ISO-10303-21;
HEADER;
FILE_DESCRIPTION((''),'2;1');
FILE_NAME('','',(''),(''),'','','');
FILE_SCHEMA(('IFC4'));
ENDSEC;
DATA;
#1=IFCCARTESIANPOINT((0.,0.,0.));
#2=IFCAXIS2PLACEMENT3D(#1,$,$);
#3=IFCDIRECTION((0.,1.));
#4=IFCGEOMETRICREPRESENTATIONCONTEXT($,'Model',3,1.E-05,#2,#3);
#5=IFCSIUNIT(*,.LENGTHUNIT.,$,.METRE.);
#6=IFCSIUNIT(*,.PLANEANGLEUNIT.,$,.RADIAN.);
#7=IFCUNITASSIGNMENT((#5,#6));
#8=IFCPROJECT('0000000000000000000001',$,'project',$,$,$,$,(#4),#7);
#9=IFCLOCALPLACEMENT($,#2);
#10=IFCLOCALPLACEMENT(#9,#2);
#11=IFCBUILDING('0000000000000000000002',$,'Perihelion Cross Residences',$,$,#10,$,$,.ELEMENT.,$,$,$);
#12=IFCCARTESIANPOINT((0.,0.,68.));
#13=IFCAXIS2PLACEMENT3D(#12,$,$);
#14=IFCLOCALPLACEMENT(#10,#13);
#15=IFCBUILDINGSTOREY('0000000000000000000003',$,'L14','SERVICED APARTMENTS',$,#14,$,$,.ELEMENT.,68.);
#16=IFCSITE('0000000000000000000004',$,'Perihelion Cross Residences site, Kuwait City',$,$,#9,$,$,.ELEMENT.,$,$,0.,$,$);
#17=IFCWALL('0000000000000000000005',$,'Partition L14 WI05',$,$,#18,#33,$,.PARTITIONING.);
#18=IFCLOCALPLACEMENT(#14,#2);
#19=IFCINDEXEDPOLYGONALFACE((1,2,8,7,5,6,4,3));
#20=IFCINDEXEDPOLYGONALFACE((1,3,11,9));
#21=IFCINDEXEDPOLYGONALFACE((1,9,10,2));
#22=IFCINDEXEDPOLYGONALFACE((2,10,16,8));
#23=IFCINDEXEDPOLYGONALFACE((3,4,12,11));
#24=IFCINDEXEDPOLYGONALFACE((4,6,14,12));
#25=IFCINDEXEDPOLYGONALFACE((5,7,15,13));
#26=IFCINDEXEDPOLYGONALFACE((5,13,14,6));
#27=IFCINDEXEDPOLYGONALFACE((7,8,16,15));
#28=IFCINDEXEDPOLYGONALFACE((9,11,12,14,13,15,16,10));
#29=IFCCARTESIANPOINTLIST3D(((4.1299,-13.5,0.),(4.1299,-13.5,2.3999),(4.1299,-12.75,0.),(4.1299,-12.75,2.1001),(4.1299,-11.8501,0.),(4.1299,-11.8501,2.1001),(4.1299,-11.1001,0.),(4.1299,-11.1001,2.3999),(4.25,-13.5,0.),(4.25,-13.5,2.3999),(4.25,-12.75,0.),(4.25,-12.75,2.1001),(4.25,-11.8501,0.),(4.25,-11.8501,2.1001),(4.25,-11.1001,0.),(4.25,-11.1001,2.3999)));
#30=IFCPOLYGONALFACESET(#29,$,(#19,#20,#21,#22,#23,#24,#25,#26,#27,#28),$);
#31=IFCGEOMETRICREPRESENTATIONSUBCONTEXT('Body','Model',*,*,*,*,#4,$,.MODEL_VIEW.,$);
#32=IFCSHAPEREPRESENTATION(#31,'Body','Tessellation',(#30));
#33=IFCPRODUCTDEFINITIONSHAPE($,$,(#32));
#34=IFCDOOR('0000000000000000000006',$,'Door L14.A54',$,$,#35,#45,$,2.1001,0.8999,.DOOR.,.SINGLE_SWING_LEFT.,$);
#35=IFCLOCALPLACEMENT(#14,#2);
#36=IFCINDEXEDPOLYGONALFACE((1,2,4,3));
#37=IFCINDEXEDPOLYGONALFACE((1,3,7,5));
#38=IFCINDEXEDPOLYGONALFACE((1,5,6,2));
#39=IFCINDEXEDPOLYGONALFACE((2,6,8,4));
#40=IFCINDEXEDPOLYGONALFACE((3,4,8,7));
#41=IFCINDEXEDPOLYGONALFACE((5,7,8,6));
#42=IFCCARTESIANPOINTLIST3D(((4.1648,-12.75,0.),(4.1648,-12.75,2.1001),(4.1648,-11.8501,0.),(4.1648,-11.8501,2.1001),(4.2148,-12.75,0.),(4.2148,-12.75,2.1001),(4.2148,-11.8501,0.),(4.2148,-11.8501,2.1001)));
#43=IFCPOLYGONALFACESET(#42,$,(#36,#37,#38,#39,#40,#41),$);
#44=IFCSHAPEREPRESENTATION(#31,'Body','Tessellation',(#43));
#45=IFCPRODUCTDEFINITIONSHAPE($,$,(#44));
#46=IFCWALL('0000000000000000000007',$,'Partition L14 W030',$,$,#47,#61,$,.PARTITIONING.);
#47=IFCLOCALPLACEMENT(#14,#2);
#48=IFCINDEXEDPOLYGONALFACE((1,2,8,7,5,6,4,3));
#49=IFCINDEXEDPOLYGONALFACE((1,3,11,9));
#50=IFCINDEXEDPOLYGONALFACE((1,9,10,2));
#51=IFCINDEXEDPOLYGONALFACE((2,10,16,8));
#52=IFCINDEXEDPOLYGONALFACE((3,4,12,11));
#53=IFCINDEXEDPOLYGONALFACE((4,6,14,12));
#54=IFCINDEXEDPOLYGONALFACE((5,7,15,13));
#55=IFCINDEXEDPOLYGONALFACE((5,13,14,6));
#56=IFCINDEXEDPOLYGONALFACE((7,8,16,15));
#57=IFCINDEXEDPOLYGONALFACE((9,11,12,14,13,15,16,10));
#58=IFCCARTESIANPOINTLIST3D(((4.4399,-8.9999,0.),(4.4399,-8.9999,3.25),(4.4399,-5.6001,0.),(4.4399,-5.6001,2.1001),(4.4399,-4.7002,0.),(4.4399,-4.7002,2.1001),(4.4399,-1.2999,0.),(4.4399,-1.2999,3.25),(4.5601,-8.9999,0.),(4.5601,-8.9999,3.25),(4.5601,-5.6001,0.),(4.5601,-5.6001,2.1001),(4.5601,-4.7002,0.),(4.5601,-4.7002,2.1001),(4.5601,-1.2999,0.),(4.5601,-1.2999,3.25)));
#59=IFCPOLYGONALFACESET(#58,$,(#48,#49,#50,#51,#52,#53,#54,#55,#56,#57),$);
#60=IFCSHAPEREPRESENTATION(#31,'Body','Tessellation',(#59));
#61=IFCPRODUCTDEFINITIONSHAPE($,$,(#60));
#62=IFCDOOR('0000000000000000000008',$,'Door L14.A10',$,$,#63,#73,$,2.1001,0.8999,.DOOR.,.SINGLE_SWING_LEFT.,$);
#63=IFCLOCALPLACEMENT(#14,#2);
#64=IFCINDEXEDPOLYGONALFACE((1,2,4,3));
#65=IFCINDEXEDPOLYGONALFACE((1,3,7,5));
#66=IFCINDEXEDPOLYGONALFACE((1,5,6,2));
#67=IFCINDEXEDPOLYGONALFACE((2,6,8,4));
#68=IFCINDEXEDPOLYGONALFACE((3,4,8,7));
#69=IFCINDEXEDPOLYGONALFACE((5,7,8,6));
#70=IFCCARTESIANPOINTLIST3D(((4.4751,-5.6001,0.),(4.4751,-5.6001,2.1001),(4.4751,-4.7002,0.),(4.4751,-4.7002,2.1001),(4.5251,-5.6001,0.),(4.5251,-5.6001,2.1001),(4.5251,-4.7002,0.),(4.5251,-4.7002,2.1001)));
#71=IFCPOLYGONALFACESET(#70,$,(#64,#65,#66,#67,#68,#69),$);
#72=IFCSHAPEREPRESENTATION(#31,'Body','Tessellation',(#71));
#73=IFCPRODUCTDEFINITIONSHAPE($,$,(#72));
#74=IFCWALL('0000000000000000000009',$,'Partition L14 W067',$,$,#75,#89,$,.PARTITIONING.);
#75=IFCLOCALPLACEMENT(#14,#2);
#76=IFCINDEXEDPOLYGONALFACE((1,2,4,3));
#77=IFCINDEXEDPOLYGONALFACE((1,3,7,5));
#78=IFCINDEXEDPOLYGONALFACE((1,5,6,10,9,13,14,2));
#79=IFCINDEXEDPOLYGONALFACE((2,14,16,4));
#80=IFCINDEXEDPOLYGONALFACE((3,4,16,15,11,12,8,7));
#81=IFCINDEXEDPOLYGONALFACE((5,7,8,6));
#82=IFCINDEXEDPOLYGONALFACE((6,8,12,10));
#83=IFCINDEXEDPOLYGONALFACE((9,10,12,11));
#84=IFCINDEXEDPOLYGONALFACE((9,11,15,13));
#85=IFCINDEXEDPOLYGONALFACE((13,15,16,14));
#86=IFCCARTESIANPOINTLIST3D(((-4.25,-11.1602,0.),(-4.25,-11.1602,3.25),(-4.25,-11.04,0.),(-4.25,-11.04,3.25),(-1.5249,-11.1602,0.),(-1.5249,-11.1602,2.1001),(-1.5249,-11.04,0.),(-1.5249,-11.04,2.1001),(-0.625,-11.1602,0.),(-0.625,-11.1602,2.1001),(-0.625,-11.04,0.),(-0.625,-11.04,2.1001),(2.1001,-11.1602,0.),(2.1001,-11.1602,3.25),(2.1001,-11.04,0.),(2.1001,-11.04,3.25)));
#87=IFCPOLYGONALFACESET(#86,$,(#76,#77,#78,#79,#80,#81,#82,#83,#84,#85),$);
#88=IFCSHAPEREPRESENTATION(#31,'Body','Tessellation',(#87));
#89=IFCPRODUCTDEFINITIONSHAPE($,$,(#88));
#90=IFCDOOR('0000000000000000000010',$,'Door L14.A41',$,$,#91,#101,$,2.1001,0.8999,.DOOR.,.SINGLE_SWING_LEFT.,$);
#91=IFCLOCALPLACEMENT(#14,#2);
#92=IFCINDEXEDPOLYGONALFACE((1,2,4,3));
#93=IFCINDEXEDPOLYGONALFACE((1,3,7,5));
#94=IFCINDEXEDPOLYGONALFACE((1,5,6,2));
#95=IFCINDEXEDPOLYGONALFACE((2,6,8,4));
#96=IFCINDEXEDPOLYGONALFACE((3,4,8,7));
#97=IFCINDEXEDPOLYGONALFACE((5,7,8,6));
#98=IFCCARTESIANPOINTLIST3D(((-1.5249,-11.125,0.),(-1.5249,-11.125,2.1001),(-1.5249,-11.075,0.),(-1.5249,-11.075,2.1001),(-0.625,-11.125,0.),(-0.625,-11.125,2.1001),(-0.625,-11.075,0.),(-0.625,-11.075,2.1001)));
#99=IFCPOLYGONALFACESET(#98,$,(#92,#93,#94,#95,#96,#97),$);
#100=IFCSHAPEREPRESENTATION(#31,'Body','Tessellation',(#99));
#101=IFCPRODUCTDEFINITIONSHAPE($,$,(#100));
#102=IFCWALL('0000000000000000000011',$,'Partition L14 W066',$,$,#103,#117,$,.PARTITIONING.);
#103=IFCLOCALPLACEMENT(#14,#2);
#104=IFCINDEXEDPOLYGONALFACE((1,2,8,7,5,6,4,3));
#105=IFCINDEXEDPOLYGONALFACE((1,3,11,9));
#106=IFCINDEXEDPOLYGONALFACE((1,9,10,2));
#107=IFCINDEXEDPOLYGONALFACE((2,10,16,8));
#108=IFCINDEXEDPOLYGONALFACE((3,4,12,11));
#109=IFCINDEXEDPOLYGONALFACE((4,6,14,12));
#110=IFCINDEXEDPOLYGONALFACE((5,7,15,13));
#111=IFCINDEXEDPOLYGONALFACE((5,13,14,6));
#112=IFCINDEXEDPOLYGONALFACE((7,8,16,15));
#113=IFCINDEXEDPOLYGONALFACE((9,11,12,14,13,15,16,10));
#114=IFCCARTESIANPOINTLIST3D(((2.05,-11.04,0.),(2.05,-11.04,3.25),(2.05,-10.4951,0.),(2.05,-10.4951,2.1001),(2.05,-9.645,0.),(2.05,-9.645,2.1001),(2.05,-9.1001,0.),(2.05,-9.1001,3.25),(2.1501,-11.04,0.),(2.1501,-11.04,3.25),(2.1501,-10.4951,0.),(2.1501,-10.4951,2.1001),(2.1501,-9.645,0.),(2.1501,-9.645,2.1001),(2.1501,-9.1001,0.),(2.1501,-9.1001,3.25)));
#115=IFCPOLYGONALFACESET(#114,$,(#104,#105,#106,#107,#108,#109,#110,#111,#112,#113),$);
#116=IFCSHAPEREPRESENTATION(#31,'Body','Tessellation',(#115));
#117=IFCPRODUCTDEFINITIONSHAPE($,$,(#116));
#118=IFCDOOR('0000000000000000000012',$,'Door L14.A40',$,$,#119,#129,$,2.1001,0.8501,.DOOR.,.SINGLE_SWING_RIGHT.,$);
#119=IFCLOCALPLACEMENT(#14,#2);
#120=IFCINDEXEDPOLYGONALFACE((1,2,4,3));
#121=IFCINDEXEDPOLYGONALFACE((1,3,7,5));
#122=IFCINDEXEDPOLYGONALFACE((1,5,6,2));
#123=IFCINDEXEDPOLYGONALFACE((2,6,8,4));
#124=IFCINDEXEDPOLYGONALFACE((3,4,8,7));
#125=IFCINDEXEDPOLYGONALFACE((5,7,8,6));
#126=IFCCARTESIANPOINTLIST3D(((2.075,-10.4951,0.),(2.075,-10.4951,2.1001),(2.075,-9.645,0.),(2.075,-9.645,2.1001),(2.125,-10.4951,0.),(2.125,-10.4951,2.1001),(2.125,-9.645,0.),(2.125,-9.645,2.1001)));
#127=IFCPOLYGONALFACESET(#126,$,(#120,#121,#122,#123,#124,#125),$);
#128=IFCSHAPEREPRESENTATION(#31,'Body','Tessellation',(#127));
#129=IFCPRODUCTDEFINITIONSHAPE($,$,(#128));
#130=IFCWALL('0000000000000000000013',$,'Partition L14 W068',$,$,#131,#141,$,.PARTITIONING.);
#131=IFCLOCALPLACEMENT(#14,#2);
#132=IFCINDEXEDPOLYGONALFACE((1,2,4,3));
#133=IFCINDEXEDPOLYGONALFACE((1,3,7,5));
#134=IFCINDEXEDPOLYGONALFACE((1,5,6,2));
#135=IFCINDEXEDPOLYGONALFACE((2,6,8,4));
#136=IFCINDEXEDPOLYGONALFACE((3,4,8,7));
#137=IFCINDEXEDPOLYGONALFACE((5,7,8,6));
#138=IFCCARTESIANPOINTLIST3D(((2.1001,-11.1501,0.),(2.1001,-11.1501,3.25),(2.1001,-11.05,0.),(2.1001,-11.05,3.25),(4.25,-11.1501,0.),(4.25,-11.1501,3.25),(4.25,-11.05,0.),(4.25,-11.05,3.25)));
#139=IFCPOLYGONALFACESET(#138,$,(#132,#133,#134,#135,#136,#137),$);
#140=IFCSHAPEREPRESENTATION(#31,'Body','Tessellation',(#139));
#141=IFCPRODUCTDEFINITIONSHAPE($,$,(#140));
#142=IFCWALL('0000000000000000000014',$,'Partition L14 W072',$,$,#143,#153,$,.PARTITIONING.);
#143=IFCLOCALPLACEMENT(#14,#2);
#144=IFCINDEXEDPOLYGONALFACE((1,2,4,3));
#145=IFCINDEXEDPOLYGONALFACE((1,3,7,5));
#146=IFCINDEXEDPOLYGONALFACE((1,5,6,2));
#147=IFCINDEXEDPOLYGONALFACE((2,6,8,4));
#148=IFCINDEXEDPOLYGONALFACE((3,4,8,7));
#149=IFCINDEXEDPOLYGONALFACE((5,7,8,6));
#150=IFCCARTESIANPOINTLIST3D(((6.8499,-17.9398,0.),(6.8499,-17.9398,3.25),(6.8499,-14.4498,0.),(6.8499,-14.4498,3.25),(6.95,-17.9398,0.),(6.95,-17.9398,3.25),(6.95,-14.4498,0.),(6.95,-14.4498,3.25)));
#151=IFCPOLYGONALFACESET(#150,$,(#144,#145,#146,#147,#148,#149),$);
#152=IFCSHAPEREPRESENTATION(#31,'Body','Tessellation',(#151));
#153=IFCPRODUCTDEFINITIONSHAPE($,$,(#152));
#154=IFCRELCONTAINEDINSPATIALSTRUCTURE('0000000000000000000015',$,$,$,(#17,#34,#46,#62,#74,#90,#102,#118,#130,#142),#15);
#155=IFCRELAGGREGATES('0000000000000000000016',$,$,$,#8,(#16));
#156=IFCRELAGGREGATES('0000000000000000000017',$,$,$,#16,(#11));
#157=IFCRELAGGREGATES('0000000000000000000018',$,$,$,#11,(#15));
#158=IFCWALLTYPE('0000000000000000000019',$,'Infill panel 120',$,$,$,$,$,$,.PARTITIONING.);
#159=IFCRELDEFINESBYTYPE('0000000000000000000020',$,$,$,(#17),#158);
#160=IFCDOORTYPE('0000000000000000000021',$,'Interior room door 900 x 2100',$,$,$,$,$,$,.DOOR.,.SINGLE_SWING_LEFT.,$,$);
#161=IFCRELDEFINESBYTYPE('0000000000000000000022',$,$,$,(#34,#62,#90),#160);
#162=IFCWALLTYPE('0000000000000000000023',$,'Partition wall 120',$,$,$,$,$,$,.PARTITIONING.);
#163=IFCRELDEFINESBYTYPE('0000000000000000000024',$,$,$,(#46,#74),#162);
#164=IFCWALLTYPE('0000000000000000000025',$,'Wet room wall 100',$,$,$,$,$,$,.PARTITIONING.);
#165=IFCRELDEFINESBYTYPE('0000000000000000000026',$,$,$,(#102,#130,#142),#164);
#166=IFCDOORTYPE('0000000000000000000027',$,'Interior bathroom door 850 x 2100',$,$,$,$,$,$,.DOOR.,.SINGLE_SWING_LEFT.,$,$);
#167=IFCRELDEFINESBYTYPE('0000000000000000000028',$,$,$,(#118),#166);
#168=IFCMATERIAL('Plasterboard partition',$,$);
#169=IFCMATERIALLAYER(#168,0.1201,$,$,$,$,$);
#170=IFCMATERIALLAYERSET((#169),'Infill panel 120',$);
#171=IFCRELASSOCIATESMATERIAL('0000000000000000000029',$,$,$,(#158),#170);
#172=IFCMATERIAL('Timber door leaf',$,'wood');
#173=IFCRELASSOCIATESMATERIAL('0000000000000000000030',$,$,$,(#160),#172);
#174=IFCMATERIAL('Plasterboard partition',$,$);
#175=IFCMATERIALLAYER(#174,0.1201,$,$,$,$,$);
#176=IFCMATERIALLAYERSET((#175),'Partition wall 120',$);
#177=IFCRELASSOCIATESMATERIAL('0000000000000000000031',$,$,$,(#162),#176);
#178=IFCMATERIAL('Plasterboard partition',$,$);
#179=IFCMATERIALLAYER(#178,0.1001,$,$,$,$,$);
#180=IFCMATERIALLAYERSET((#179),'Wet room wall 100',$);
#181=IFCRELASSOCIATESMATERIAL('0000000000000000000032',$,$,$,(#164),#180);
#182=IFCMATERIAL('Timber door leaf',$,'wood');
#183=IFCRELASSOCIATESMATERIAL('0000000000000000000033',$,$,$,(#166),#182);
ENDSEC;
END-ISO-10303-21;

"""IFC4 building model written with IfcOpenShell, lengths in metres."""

from ifc_helpers import new_model, si_unit, direction, frame, frame_2d, origin, place, context, subcontext, project, spatial, rectangle, extrude, material, layer, layer_set, type_object, element, fill, save


model = new_model("IFC4")

# Units and contexts
model_context = context("Model", 3, precision=1e-05, world=origin(), true_north=direction((0.0, 1.0)))
body_context = subcontext(model_context, "Body", "Model", "MODEL_VIEW")
ifc_project = project(units=[si_unit("LENGTHUNIT", "METRE"), si_unit("PLANEANGLEUNIT", "RADIAN")], contexts=[model_context])

# Site, building, storey
site_placement = place(None, origin())
site = spatial("IfcSite", under=ifc_project, at=site_placement, Name="Perihelion Cross Residences site, Kuwait City", CompositionType="ELEMENT", RefElevation=0.0)
building_placement = place(site_placement, origin())
building = spatial("IfcBuilding", under=site, at=building_placement, Name="Perihelion Cross Residences", CompositionType="ELEMENT")
storey_placement = place(building_placement, frame((0.0, 0.0, 68.0)))
storey = spatial("IfcBuildingStorey", under=building, at=storey_placement, Name="L14", Description="SERVICED APARTMENTS", CompositionType="ELEMENT", Elevation=68.0)

# Walls, openings, doors
ifc_material_1 = material(Name="Plasterboard partition")
ifc_layer_1 = layer(ifc_material_1, 0.1201)
ifc_layer_set_1 = layer_set([ifc_layer_1], Name="Infill panel 120")
wall_type_1 = type_object("IfcWallType", Name="Infill panel 120", PredefinedType="PARTITIONING", material=ifc_layer_set_1)
wall_1_placement = place(storey_placement, frame((4.1899, -11.1001, 0.0), z_axis=(0.0, 0.0, 1.0), x_axis=(0.0, -1.0, 0.0)))
wall_1 = element("IfcWall", 1, at=wall_1_placement, inside=storey, type_object=wall_type_1, Name="Partition L14 WI05", PredefinedType="PARTITIONING", context=body_context, shape_type="SweptSolid", body=[
    extrude(rectangle(XDim=2.3999, YDim=0.1201, at=frame_2d((1.2, 0.0))), origin(), (0.0, 0.0, 1.0), 2.3999),
])
opening_1_placement = place(wall_1_placement, frame((0.75, 0.0, 0.0)))
opening_1 = element("IfcOpeningElement", 2, at=opening_1_placement, cuts=wall_1, PredefinedType="OPENING", context=body_context, shape_type="SweptSolid", body=[
    extrude(rectangle(XDim=0.8999, YDim=2.1001, at=frame_2d((0.45, 1.05))), frame((0.0, 0.0701, 0.0), z_axis=(0.0, -1.0, 0.0), x_axis=(1.0, 0.0, 0.0)), (0.0, 0.0, 1.0), 0.1401),
])
ifc_material_2 = material(Name="Timber door leaf", Category="wood")
door_type_1 = type_object("IfcDoorType", Name="Interior room door 900 x 2100", OperationType="SINGLE_SWING_LEFT", PredefinedType="DOOR", material=ifc_material_2)
door_1_placement = place(opening_1_placement, origin())
door_1 = element("IfcDoor", 3, at=door_1_placement, inside=storey, type_object=door_type_1, Name="Door L14.A54", OperationType="SINGLE_SWING_LEFT", OverallHeight=2.1001, OverallWidth=0.8999, PredefinedType="DOOR", context=body_context, shape_type="SweptSolid", body=[
    extrude(rectangle(XDim=0.8999, YDim=2.1001, at=frame_2d((0.45, 1.05))), frame((0.0, 0.0249, 0.0), z_axis=(0.0, -1.0, 0.0), x_axis=(1.0, 0.0, 0.0)), (0.0, 0.0, 1.0), 0.05),
])
fill(opening_1, door_1)
ifc_material_3 = material(Name="Plasterboard partition")
ifc_layer_2 = layer(ifc_material_3, 0.1201)
ifc_layer_set_2 = layer_set([ifc_layer_2], Name="Partition wall 120")
wall_type_2 = type_object("IfcWallType", Name="Partition wall 120", PredefinedType="PARTITIONING", material=ifc_layer_set_2)
wall_2_placement = place(storey_placement, frame((4.5, -9.0, 0.0), z_axis=(0.0, 0.0, 1.0), x_axis=(0.0, 1.0, 0.0)))
wall_2 = element("IfcWall", 4, at=wall_2_placement, inside=storey, type_object=wall_type_2, Name="Partition L14 W030", PredefinedType="PARTITIONING", context=body_context, shape_type="SweptSolid", body=[
    extrude(rectangle(XDim=7.7, YDim=0.1201, at=frame_2d((3.8501, 0.0))), origin(), (0.0, 0.0, 1.0), 3.25),
])
opening_2_placement = place(wall_2_placement, frame((3.3999, 0.0, 0.0)))
opening_2 = element("IfcOpeningElement", 5, at=opening_2_placement, cuts=wall_2, PredefinedType="OPENING", context=body_context, shape_type="SweptSolid", body=[
    extrude(rectangle(XDim=0.8999, YDim=2.1001, at=frame_2d((0.45, 1.05))), frame((0.0, 0.0701, 0.0), z_axis=(0.0, -1.0, 0.0), x_axis=(1.0, 0.0, 0.0)), (0.0, 0.0, 1.0), 0.1401),
])
door_2_placement = place(opening_2_placement, origin())
door_2 = element("IfcDoor", 6, at=door_2_placement, inside=storey, type_object=door_type_1, Name="Door L14.A10", OperationType="SINGLE_SWING_LEFT", OverallHeight=2.1001, OverallWidth=0.8999, PredefinedType="DOOR", context=body_context, shape_type="SweptSolid", body=[
    extrude(rectangle(XDim=0.8999, YDim=2.1001, at=frame_2d((0.45, 1.05))), frame((0.0, 0.0249, 0.0), z_axis=(0.0, -1.0, 0.0), x_axis=(1.0, 0.0, 0.0)), (0.0, 0.0, 1.0), 0.05),
])
fill(opening_2, door_2)
wall_3_placement = place(storey_placement, frame((2.1001, -11.1001, 0.0), z_axis=(0.0, 0.0, 1.0), x_axis=(-1.0, 0.0, 0.0)))
wall_3 = element("IfcWall", 7, at=wall_3_placement, inside=storey, type_object=wall_type_2, Name="Partition L14 W067", PredefinedType="PARTITIONING", context=body_context, shape_type="SweptSolid", body=[
    extrude(rectangle(XDim=6.3501, YDim=0.1201, at=frame_2d((3.175, 0.0))), origin(), (0.0, 0.0, 1.0), 3.25),
])
opening_3_placement = place(wall_3_placement, frame((2.7251, 0.0, 0.0)))
opening_3 = element("IfcOpeningElement", 8, at=opening_3_placement, cuts=wall_3, PredefinedType="OPENING", context=body_context, shape_type="SweptSolid", body=[
    extrude(rectangle(XDim=0.8999, YDim=2.1001, at=frame_2d((0.45, 1.05))), frame((0.0, 0.0701, 0.0), z_axis=(0.0, -1.0, 0.0), x_axis=(1.0, 0.0, 0.0)), (0.0, 0.0, 1.0), 0.1401),
])
door_3_placement = place(opening_3_placement, origin())
door_3 = element("IfcDoor", 9, at=door_3_placement, inside=storey, type_object=door_type_1, Name="Door L14.A41", OperationType="SINGLE_SWING_LEFT", OverallHeight=2.1001, OverallWidth=0.8999, PredefinedType="DOOR", context=body_context, shape_type="SweptSolid", body=[
    extrude(rectangle(XDim=0.8999, YDim=2.1001, at=frame_2d((0.45, 1.05))), frame((0.0, 0.0249, 0.0), z_axis=(0.0, -1.0, 0.0), x_axis=(1.0, 0.0, 0.0)), (0.0, 0.0, 1.0), 0.05),
])
fill(opening_3, door_3)
ifc_material_4 = material(Name="Plasterboard partition")
ifc_layer_3 = layer(ifc_material_4, 0.1001)
ifc_layer_set_3 = layer_set([ifc_layer_3], Name="Wet room wall 100")
wall_type_3 = type_object("IfcWallType", Name="Wet room wall 100", PredefinedType="PARTITIONING", material=ifc_layer_set_3)
wall_4_placement = place(storey_placement, frame((2.1001, -9.1001, 0.0), z_axis=(0.0, 0.0, 1.0), x_axis=(0.0, -1.0, 0.0)))
wall_4 = element("IfcWall", 10, at=wall_4_placement, inside=storey, type_object=wall_type_3, Name="Partition L14 W066", PredefinedType="PARTITIONING", context=body_context, shape_type="SweptSolid", body=[
    extrude(rectangle(XDim=1.9399, YDim=0.1001, at=frame_2d((0.97, 0.0))), origin(), (0.0, 0.0, 1.0), 3.25),
])
opening_4_placement = place(wall_4_placement, frame((0.5449, 0.0, 0.0)))
opening_4 = element("IfcOpeningElement", 11, at=opening_4_placement, cuts=wall_4, PredefinedType="OPENING", context=body_context, shape_type="SweptSolid", body=[
    extrude(rectangle(XDim=0.8501, YDim=2.1001, at=frame_2d((0.425, 1.05))), frame((0.0, 0.0601, 0.0), z_axis=(0.0, -1.0, 0.0), x_axis=(1.0, 0.0, 0.0)), (0.0, 0.0, 1.0), 0.1201),
])
ifc_material_5 = material(Name="Timber door leaf", Category="wood")
door_type_2 = type_object("IfcDoorType", Name="Interior bathroom door 850 x 2100", OperationType="SINGLE_SWING_LEFT", PredefinedType="DOOR", material=ifc_material_5)
door_4_placement = place(opening_4_placement, origin())
door_4 = element("IfcDoor", 12, at=door_4_placement, inside=storey, type_object=door_type_2, Name="Door L14.A40", OperationType="SINGLE_SWING_RIGHT", OverallHeight=2.1001, OverallWidth=0.8501, PredefinedType="DOOR", context=body_context, shape_type="SweptSolid", body=[
    extrude(rectangle(XDim=0.8501, YDim=2.1001, at=frame_2d((0.425, 1.05))), frame((0.0, 0.0249, 0.0), z_axis=(0.0, -1.0, 0.0), x_axis=(1.0, 0.0, 0.0)), (0.0, 0.0, 1.0), 0.05),
])
fill(opening_4, door_4)

# Walls
wall_5_placement = place(storey_placement, frame((4.25, -11.1001, 0.0), z_axis=(0.0, 0.0, 1.0), x_axis=(-1.0, 0.0, 0.0)))
element("IfcWall", 13, at=wall_5_placement, inside=storey, type_object=wall_type_3, Name="Partition L14 W068", PredefinedType="PARTITIONING", context=body_context, shape_type="SweptSolid", body=[
    extrude(rectangle(XDim=2.1499, YDim=0.1001, at=frame_2d((1.075, 0.0))), origin(), (0.0, 0.0, 1.0), 3.25),
])
wall_6_placement = place(storey_placement, frame((6.8999, -17.9399, 0.0), z_axis=(0.0, 0.0, 1.0), x_axis=(0.0, 1.0, 0.0)))
element("IfcWall", 14, at=wall_6_placement, inside=storey, type_object=wall_type_3, Name="Partition L14 W072", PredefinedType="PARTITIONING", context=body_context, shape_type="SweptSolid", body=[
    extrude(rectangle(XDim=3.49, YDim=0.1001, at=frame_2d((1.7451, 0.0))), origin(), (0.0, 0.0, 1.0), 3.25),
])

save(model, "model.ifc")
